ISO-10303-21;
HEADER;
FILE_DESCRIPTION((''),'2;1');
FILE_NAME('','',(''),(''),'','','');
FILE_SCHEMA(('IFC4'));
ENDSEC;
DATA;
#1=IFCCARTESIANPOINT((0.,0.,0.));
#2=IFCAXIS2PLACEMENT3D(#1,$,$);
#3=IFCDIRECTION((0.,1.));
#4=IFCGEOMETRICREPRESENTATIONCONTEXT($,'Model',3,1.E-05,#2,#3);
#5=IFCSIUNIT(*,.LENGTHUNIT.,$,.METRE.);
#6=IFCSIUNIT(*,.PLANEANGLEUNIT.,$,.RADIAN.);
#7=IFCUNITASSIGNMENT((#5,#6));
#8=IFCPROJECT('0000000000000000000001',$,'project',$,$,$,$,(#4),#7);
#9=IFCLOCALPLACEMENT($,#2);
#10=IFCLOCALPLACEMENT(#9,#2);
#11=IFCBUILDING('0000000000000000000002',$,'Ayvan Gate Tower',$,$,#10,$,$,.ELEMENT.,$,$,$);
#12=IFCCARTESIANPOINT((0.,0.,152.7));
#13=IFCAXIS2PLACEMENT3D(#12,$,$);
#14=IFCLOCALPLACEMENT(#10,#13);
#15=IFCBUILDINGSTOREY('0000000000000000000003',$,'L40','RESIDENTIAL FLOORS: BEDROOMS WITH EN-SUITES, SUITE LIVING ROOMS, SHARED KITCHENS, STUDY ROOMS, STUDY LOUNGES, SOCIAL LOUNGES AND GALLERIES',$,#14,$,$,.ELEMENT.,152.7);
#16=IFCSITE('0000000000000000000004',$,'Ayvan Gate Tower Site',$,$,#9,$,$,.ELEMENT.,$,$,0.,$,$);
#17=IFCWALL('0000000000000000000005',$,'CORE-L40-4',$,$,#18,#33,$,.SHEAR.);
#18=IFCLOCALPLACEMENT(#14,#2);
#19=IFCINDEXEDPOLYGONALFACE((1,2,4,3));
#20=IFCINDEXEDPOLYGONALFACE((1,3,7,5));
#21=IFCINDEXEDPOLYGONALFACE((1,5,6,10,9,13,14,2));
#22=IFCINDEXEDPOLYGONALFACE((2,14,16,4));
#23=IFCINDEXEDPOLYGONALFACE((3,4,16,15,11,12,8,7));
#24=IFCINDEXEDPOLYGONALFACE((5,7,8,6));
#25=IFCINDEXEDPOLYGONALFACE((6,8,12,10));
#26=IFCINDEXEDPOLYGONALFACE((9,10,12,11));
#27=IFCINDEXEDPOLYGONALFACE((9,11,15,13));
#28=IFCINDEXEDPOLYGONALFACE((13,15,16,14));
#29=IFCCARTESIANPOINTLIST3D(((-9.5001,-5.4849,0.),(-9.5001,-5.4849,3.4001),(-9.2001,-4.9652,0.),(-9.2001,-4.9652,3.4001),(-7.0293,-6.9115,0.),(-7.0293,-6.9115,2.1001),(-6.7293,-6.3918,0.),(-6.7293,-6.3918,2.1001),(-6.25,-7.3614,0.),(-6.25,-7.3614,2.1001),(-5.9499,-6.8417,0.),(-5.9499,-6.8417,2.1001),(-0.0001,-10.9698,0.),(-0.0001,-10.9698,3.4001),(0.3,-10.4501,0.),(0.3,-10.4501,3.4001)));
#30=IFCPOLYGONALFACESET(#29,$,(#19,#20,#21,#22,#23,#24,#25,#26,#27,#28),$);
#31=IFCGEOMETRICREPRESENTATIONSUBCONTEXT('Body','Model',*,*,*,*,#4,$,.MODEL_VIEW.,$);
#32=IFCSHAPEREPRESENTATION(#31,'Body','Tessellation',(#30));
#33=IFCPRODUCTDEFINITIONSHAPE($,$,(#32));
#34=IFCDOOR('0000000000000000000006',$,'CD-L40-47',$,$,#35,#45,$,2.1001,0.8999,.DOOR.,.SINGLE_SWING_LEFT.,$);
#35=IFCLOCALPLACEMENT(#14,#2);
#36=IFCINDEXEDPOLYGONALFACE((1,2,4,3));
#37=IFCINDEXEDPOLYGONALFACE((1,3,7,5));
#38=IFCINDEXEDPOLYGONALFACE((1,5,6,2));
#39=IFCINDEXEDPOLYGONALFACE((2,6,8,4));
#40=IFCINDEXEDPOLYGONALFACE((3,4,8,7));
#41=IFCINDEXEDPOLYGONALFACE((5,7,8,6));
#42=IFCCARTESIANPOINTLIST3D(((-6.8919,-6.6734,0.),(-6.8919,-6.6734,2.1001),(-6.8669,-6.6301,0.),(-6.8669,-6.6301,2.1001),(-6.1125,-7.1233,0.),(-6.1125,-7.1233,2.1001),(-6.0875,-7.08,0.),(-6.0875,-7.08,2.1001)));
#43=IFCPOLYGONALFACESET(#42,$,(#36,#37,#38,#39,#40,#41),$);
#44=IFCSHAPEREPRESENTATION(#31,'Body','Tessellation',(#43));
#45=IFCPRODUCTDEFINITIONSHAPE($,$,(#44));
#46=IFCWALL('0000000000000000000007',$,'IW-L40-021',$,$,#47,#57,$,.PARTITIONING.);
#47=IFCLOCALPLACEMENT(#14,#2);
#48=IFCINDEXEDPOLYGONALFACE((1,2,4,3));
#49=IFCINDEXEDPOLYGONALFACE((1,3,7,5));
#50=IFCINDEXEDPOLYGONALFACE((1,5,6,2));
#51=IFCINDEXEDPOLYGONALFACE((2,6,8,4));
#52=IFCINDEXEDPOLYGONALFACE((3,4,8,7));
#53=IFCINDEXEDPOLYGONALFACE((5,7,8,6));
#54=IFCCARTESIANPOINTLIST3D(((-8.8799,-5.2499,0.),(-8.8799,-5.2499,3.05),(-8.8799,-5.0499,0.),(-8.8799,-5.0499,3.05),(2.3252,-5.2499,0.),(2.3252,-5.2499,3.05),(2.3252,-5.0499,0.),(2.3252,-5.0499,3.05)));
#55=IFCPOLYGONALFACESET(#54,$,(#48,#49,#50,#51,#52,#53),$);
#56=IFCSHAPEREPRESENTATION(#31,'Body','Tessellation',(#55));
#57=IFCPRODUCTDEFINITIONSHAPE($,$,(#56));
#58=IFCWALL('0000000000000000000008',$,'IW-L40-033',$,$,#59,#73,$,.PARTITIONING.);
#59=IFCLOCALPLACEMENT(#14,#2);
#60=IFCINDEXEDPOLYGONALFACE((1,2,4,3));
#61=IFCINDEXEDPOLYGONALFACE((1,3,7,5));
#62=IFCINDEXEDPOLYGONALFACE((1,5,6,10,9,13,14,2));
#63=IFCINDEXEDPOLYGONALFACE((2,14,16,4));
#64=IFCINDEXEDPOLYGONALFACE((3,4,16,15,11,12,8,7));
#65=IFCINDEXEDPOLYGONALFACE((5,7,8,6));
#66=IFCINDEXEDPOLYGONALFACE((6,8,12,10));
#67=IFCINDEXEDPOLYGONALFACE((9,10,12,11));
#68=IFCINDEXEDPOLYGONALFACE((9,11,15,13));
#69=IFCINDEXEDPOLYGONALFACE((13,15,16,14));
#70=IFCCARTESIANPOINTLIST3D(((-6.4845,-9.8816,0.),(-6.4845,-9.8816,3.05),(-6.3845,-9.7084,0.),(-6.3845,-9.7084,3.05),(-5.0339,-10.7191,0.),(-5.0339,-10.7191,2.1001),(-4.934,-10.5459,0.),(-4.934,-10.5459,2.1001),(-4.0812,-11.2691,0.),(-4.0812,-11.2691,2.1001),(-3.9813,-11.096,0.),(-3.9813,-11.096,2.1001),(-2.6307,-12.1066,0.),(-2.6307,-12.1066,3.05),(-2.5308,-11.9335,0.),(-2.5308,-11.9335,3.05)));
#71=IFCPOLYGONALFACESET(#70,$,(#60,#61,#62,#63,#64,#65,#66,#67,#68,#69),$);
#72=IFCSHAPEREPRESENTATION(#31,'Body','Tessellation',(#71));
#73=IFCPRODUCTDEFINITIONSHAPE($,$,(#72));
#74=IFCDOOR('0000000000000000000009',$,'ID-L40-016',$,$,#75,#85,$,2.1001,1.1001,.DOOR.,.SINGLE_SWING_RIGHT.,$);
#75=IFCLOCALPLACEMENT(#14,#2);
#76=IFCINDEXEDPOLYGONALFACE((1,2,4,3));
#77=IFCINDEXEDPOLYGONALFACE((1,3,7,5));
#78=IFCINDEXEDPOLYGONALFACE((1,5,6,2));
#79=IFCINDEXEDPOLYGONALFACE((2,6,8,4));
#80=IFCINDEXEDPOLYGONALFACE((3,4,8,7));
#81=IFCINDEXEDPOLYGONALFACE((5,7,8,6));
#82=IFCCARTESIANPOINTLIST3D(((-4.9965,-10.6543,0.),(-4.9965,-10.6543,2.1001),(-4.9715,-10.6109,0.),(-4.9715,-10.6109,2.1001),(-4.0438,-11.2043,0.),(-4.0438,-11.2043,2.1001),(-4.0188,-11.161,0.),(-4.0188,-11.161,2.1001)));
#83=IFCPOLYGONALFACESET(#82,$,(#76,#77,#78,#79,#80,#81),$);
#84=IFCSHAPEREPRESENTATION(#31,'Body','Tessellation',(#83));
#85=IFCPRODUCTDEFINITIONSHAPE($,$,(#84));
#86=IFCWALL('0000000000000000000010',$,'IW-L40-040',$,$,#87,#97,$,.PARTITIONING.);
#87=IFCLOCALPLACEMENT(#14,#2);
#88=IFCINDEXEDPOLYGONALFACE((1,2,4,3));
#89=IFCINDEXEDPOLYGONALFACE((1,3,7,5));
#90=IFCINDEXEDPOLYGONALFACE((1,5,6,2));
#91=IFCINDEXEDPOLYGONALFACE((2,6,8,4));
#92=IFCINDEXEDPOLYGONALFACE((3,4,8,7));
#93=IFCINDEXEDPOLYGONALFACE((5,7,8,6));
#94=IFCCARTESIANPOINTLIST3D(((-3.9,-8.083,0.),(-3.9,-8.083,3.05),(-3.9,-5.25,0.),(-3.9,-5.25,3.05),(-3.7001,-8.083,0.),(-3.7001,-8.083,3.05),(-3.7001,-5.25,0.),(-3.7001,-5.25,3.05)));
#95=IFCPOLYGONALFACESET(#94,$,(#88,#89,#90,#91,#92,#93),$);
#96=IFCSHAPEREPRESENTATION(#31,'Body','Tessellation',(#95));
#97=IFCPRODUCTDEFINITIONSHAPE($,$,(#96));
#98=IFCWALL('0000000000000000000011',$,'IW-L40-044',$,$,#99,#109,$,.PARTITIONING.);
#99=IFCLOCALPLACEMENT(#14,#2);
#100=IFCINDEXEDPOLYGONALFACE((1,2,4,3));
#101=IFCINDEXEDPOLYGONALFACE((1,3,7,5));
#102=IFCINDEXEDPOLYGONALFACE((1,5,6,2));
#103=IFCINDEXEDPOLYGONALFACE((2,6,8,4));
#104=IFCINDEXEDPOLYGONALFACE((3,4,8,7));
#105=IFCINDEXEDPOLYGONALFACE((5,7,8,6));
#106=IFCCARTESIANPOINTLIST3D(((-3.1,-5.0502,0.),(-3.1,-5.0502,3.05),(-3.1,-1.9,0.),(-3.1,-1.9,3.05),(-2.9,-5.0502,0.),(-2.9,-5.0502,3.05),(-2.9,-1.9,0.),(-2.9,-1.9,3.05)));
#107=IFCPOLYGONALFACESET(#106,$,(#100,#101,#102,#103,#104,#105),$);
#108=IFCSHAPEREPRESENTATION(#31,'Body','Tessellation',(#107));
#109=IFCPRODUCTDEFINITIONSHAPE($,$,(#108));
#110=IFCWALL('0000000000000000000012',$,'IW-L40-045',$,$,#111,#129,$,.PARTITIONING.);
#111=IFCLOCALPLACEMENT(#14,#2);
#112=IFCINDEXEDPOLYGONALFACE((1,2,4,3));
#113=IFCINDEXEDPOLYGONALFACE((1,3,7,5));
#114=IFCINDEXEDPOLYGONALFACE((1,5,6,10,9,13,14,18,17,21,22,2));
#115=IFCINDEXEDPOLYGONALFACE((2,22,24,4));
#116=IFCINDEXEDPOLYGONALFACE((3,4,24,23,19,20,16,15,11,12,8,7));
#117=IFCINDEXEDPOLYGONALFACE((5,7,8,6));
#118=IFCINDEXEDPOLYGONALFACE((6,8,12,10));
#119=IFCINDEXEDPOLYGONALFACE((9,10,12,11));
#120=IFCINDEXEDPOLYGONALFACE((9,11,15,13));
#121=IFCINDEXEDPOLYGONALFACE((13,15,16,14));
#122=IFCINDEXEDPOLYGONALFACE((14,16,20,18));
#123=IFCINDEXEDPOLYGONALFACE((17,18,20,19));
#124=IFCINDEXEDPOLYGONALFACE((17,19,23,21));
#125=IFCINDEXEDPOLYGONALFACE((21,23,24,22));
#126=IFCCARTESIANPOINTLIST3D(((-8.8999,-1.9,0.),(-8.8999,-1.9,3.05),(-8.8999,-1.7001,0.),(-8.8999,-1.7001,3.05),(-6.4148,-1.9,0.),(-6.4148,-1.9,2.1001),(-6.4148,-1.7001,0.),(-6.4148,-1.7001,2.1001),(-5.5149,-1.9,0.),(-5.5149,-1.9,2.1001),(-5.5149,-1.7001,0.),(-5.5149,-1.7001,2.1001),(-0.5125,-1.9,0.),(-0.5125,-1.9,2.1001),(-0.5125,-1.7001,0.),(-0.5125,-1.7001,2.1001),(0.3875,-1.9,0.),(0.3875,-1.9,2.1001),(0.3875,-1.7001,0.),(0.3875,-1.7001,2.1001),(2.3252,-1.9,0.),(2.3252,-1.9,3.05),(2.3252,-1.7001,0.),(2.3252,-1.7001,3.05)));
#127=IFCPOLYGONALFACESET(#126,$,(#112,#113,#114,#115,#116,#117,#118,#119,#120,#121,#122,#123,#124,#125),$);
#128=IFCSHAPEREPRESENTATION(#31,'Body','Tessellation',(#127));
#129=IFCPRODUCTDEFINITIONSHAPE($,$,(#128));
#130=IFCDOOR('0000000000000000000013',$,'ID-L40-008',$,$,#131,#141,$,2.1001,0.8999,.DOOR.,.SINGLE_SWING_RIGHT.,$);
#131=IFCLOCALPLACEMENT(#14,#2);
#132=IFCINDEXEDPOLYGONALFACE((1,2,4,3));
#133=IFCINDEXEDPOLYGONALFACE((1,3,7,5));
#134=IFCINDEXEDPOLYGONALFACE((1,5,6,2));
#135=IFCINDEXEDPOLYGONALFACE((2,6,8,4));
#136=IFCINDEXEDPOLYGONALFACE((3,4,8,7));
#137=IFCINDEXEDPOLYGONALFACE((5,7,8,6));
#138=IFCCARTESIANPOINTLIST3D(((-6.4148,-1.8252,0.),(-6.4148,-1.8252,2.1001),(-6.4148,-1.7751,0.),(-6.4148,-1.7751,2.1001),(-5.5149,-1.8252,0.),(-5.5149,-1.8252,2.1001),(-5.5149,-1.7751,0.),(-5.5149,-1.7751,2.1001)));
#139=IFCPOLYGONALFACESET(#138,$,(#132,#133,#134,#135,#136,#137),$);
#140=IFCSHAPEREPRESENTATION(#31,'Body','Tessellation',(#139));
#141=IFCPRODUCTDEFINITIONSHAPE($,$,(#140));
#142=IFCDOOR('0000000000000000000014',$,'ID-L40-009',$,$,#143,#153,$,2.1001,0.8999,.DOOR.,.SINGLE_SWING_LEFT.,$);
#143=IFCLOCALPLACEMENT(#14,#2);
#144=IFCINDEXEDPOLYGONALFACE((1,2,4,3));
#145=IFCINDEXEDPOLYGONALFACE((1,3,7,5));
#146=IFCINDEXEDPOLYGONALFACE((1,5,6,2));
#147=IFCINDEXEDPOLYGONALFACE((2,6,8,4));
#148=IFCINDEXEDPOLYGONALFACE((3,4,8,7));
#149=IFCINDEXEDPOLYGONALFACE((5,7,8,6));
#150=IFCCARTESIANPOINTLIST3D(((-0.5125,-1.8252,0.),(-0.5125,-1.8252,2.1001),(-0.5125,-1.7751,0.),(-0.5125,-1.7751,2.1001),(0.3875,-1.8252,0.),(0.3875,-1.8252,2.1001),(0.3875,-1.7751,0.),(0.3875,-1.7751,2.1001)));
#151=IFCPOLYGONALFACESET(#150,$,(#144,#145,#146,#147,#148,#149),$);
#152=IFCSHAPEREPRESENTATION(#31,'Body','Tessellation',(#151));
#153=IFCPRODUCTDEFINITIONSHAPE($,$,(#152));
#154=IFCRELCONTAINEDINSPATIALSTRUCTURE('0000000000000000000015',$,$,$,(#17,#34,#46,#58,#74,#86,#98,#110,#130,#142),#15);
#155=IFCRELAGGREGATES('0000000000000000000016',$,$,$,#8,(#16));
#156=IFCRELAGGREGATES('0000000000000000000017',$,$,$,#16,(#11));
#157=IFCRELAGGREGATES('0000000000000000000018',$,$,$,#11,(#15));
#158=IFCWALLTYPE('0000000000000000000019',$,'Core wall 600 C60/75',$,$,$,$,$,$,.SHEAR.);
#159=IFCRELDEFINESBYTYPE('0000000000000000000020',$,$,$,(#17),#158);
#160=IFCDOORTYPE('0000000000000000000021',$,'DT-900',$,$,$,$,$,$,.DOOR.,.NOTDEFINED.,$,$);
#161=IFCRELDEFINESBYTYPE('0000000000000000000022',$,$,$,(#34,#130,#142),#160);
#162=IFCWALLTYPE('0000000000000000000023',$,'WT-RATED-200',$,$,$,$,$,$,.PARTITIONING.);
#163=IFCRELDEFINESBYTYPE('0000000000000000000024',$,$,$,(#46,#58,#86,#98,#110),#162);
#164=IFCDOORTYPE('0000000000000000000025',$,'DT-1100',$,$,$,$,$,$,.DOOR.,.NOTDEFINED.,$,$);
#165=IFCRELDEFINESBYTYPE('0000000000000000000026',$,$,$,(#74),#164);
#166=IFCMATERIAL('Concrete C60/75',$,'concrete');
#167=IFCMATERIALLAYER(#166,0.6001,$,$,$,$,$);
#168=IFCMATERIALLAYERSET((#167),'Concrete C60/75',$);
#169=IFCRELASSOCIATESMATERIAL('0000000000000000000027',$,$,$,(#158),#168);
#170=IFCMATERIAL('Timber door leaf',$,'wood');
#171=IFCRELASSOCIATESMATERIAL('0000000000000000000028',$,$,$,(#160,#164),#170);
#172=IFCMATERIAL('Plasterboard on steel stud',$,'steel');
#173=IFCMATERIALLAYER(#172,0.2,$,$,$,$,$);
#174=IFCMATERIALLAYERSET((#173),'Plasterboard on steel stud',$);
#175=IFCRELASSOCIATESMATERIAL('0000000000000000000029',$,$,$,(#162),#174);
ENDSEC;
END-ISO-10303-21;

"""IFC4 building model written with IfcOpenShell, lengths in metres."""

from ifc_helpers import new_model, si_unit, direction, frame, frame_2d, origin, place, context, subcontext, project, spatial, rectangle, extrude, material, layer, layer_set, type_object, element, fill, save


model = new_model("IFC4")

# Units and contexts
model_context = context("Model", 3, precision=1e-05, world=origin(), true_north=direction((0.0, 1.0)))
body_context = subcontext(model_context, "Body", "Model", "MODEL_VIEW")
ifc_project = project(units=[si_unit("LENGTHUNIT", "METRE"), si_unit("PLANEANGLEUNIT", "RADIAN")], contexts=[model_context])

# Site, building, storey
site_placement = place(None, origin())
site = spatial("IfcSite", under=ifc_project, at=site_placement, Name="Ayvan Gate Tower Site", CompositionType="ELEMENT", RefElevation=0.0)
building_placement = place(site_placement, origin())
building = spatial("IfcBuilding", under=site, at=building_placement, Name="Ayvan Gate Tower", CompositionType="ELEMENT")
storey_placement = place(building_placement, frame((0.0, 0.0, 152.7)))
storey = spatial("IfcBuildingStorey", under=building, at=storey_placement, Name="L40", Description="RESIDENTIAL FLOORS: BEDROOMS WITH EN-SUITES, SUITE LIVING ROOMS, SHARED KITCHENS, STUDY ROOMS, STUDY LOUNGES, SOCIAL LOUNGES AND GALLERIES", CompositionType="ELEMENT", Elevation=152.7)

# Wall, opening, door
ifc_material_1 = material(Name="Concrete C60/75", Category="concrete")
ifc_layer_1 = layer(ifc_material_1, 0.6001)
ifc_layer_set_1 = layer_set([ifc_layer_1], Name="Concrete C60/75")
wall_type_1 = type_object("IfcWallType", Name="Core wall 600 C60/75", PredefinedType="SHEAR", material=ifc_layer_set_1)
wall_1_placement = place(storey_placement, frame((-9.3501, -5.2251, 0.0), z_axis=(0.0, 0.0, 1.0), x_axis=(0.866024, -0.500002, 0.0)))
wall_1 = element("IfcWall", 1, at=wall_1_placement, inside=storey, type_object=wall_type_1, Name="CORE-L40-4", PredefinedType="SHEAR", context=body_context, shape_type="SweptSolid", body=[
    extrude(rectangle(XDim=10.9697, YDim=0.6001, at=frame_2d((5.4849, 0.0))), origin(), (0.0, 0.0, 1.0), 3.4001),
])
opening_1_placement = place(wall_1_placement, frame((2.853, 0.0, 0.0)))
opening_1 = element("IfcOpeningElement", 2, at=opening_1_placement, cuts=wall_1, PredefinedType="OPENING", context=body_context, shape_type="SweptSolid", body=[
    extrude(rectangle(XDim=0.8999, YDim=2.1001, at=frame_2d((0.45, 1.05))), frame((0.0, 0.3101, 0.0), z_axis=(0.0, -1.0, 0.0), x_axis=(1.0, 0.0, 0.0)), (0.0, 0.0, 1.0), 0.6201),
])
ifc_material_2 = material(Name="Timber door leaf", Category="wood")
door_type_1 = type_object("IfcDoorType", Name="DT-900", OperationType="NOTDEFINED", PredefinedType="DOOR", material=ifc_material_2)
door_1_placement = place(opening_1_placement, origin())
door_1 = element("IfcDoor", 3, at=door_1_placement, inside=storey, type_object=door_type_1, Name="CD-L40-47", OperationType="SINGLE_SWING_LEFT", OverallHeight=2.1001, OverallWidth=0.8999, PredefinedType="DOOR", context=body_context, shape_type="SweptSolid", body=[
    extrude(rectangle(XDim=0.8999, YDim=2.1001, at=frame_2d((0.45, 1.05))), frame((0.0, 0.0249, 0.0), z_axis=(0.0, -1.0, 0.0), x_axis=(1.0, 0.0, 0.0)), (0.0, 0.0, 1.0), 0.05),
])
fill(opening_1, door_1)

# Wall
ifc_material_3 = material(Name="Plasterboard on steel stud", Category="steel")
ifc_layer_2 = layer(ifc_material_3, 0.2)
ifc_layer_set_2 = layer_set([ifc_layer_2], Name="Plasterboard on steel stud")
wall_type_2 = type_object("IfcWallType", Name="WT-RATED-200", PredefinedType="PARTITIONING", material=ifc_layer_set_2)
wall_2_placement = place(storey_placement, frame((-8.8799, -5.1499, 0.0), z_axis=(0.0, 0.0, 1.0), x_axis=(1.0, 0.0, 0.0)))
element("IfcWall", 4, at=wall_2_placement, inside=storey, type_object=wall_type_2, Name="IW-L40-021", PredefinedType="PARTITIONING", context=body_context, shape_type="SweptSolid", body=[
    extrude(rectangle(XDim=11.2051, YDim=0.2, at=frame_2d((5.6025, 0.0))), origin(), (0.0, 0.0, 1.0), 3.05),
])

# Wall, opening, door
wall_3_placement = place(storey_placement, frame((-6.4346, -9.7949, 0.0), z_axis=(0.0, 0.0, 1.0), x_axis=(0.866013, -0.500022, 0.0)))
wall_3 = element("IfcWall", 5, at=wall_3_placement, inside=storey, type_object=wall_type_2, Name="IW-L40-033", PredefinedType="PARTITIONING", context=body_context, shape_type="SweptSolid", body=[
    extrude(rectangle(XDim=4.45, YDim=0.2, at=frame_2d((2.2251, 0.0))), origin(), (0.0, 0.0, 1.0), 3.05),
])
opening_2_placement = place(wall_3_placement, frame((1.675, 0.0, 0.0)))
opening_2 = element("IfcOpeningElement", 6, at=opening_2_placement, cuts=wall_3, PredefinedType="OPENING", context=body_context, shape_type="SweptSolid", body=[
    extrude(rectangle(XDim=1.1001, YDim=2.1001, at=frame_2d((0.55, 1.05))), frame((0.0, 0.1099, 0.0), z_axis=(0.0, -1.0, 0.0), x_axis=(1.0, 0.0, 0.0)), (0.0, 0.0, 1.0), 0.22),
])
door_type_2 = type_object("IfcDoorType", Name="DT-1100", OperationType="NOTDEFINED", PredefinedType="DOOR", material=ifc_material_2)
door_2_placement = place(opening_2_placement, origin())
door_2 = element("IfcDoor", 7, at=door_2_placement, inside=storey, type_object=door_type_2, Name="ID-L40-016", OperationType="SINGLE_SWING_RIGHT", OverallHeight=2.1001, OverallWidth=1.1001, PredefinedType="DOOR", context=body_context, shape_type="SweptSolid", body=[
    extrude(rectangle(XDim=1.1001, YDim=2.1001, at=frame_2d((0.55, 1.05))), frame((0.0, 0.0249, 0.0), z_axis=(0.0, -1.0, 0.0), x_axis=(1.0, 0.0, 0.0)), (0.0, 0.0, 1.0), 0.05),
])
fill(opening_2, door_2)

# Walls
wall_4_placement = place(storey_placement, frame((-3.8, -5.25, 0.0), z_axis=(0.0, 0.0, 1.0), x_axis=(0.0, -1.0, 0.0)))
element("IfcWall", 8, at=wall_4_placement, inside=storey, type_object=wall_type_2, Name="IW-L40-040", PredefinedType="PARTITIONING", context=body_context, shape_type="SweptSolid", body=[
    extrude(rectangle(XDim=2.833, YDim=0.2, at=frame_2d((1.4165, 0.0))), origin(), (0.0, 0.0, 1.0), 3.05),
])
wall_5_placement = place(storey_placement, frame((-3.0, -1.8999, 0.0), z_axis=(0.0, 0.0, 1.0), x_axis=(0.0, -1.0, 0.0)))
element("IfcWall", 9, at=wall_5_placement, inside=storey, type_object=wall_type_2, Name="IW-L40-044", PredefinedType="PARTITIONING", context=body_context, shape_type="SweptSolid", body=[
    extrude(rectangle(XDim=3.1501, YDim=0.2, at=frame_2d((1.5752, 0.0))), origin(), (0.0, 0.0, 1.0), 3.05),
])

# Wall, openings, doors
wall_6_placement = place(storey_placement, frame((-8.8999, -1.8, 0.0), z_axis=(0.0, 0.0, 1.0), x_axis=(1.0, 0.0, 0.0)))
wall_6 = element("IfcWall", 10, at=wall_6_placement, inside=storey, type_object=wall_type_2, Name="IW-L40-045", PredefinedType="PARTITIONING", context=body_context, shape_type="SweptSolid", body=[
    extrude(rectangle(XDim=11.2251, YDim=0.2, at=frame_2d((5.6125, 0.0))), origin(), (0.0, 0.0, 1.0), 3.05),
])
opening_3_placement = place(wall_6_placement, frame((2.4851, 0.0, 0.0)))
opening_3 = element("IfcOpeningElement", 11, at=opening_3_placement, cuts=wall_6, PredefinedType="OPENING", context=body_context, shape_type="SweptSolid", body=[
    extrude(rectangle(XDim=0.8999, YDim=2.1001, at=frame_2d((0.45, 1.05))), frame((0.0, 0.1099, 0.0), z_axis=(0.0, -1.0, 0.0), x_axis=(1.0, 0.0, 0.0)), (0.0, 0.0, 1.0), 0.22),
])
opening_4_placement = place(wall_6_placement, frame((8.3875, 0.0, 0.0)))
opening_4 = element("IfcOpeningElement", 12, at=opening_4_placement, cuts=wall_6, PredefinedType="OPENING", context=body_context, shape_type="SweptSolid", body=[
    extrude(rectangle(XDim=0.8999, YDim=2.1001, at=frame_2d((0.45, 1.05))), frame((0.0, 0.1099, 0.0), z_axis=(0.0, -1.0, 0.0), x_axis=(1.0, 0.0, 0.0)), (0.0, 0.0, 1.0), 0.22),
])
door_3_placement = place(opening_3_placement, origin())
door_3 = element("IfcDoor", 13, at=door_3_placement, inside=storey, type_object=door_type_1, Name="ID-L40-008", OperationType="SINGLE_SWING_RIGHT", OverallHeight=2.1001, OverallWidth=0.8999, PredefinedType="DOOR", context=body_context, shape_type="SweptSolid", body=[
    extrude(rectangle(XDim=0.8999, YDim=2.1001, at=frame_2d((0.45, 1.05))), frame((0.0, 0.0249, 0.0), z_axis=(0.0, -1.0, 0.0), x_axis=(1.0, 0.0, 0.0)), (0.0, 0.0, 1.0), 0.05),
])
fill(opening_3, door_3)
door_4_placement = place(opening_4_placement, origin())
door_4 = element("IfcDoor", 14, at=door_4_placement, inside=storey, type_object=door_type_1, Name="ID-L40-009", OperationType="SINGLE_SWING_LEFT", OverallHeight=2.1001, OverallWidth=0.8999, PredefinedType="DOOR", context=body_context, shape_type="SweptSolid", body=[
    extrude(rectangle(XDim=0.8999, YDim=2.1001, at=frame_2d((0.45, 1.05))), frame((0.0, 0.0249, 0.0), z_axis=(0.0, -1.0, 0.0), x_axis=(1.0, 0.0, 0.0)), (0.0, 0.0, 1.0), 0.05),
])
fill(opening_4, door_4)

save(model, "model.ifc")
